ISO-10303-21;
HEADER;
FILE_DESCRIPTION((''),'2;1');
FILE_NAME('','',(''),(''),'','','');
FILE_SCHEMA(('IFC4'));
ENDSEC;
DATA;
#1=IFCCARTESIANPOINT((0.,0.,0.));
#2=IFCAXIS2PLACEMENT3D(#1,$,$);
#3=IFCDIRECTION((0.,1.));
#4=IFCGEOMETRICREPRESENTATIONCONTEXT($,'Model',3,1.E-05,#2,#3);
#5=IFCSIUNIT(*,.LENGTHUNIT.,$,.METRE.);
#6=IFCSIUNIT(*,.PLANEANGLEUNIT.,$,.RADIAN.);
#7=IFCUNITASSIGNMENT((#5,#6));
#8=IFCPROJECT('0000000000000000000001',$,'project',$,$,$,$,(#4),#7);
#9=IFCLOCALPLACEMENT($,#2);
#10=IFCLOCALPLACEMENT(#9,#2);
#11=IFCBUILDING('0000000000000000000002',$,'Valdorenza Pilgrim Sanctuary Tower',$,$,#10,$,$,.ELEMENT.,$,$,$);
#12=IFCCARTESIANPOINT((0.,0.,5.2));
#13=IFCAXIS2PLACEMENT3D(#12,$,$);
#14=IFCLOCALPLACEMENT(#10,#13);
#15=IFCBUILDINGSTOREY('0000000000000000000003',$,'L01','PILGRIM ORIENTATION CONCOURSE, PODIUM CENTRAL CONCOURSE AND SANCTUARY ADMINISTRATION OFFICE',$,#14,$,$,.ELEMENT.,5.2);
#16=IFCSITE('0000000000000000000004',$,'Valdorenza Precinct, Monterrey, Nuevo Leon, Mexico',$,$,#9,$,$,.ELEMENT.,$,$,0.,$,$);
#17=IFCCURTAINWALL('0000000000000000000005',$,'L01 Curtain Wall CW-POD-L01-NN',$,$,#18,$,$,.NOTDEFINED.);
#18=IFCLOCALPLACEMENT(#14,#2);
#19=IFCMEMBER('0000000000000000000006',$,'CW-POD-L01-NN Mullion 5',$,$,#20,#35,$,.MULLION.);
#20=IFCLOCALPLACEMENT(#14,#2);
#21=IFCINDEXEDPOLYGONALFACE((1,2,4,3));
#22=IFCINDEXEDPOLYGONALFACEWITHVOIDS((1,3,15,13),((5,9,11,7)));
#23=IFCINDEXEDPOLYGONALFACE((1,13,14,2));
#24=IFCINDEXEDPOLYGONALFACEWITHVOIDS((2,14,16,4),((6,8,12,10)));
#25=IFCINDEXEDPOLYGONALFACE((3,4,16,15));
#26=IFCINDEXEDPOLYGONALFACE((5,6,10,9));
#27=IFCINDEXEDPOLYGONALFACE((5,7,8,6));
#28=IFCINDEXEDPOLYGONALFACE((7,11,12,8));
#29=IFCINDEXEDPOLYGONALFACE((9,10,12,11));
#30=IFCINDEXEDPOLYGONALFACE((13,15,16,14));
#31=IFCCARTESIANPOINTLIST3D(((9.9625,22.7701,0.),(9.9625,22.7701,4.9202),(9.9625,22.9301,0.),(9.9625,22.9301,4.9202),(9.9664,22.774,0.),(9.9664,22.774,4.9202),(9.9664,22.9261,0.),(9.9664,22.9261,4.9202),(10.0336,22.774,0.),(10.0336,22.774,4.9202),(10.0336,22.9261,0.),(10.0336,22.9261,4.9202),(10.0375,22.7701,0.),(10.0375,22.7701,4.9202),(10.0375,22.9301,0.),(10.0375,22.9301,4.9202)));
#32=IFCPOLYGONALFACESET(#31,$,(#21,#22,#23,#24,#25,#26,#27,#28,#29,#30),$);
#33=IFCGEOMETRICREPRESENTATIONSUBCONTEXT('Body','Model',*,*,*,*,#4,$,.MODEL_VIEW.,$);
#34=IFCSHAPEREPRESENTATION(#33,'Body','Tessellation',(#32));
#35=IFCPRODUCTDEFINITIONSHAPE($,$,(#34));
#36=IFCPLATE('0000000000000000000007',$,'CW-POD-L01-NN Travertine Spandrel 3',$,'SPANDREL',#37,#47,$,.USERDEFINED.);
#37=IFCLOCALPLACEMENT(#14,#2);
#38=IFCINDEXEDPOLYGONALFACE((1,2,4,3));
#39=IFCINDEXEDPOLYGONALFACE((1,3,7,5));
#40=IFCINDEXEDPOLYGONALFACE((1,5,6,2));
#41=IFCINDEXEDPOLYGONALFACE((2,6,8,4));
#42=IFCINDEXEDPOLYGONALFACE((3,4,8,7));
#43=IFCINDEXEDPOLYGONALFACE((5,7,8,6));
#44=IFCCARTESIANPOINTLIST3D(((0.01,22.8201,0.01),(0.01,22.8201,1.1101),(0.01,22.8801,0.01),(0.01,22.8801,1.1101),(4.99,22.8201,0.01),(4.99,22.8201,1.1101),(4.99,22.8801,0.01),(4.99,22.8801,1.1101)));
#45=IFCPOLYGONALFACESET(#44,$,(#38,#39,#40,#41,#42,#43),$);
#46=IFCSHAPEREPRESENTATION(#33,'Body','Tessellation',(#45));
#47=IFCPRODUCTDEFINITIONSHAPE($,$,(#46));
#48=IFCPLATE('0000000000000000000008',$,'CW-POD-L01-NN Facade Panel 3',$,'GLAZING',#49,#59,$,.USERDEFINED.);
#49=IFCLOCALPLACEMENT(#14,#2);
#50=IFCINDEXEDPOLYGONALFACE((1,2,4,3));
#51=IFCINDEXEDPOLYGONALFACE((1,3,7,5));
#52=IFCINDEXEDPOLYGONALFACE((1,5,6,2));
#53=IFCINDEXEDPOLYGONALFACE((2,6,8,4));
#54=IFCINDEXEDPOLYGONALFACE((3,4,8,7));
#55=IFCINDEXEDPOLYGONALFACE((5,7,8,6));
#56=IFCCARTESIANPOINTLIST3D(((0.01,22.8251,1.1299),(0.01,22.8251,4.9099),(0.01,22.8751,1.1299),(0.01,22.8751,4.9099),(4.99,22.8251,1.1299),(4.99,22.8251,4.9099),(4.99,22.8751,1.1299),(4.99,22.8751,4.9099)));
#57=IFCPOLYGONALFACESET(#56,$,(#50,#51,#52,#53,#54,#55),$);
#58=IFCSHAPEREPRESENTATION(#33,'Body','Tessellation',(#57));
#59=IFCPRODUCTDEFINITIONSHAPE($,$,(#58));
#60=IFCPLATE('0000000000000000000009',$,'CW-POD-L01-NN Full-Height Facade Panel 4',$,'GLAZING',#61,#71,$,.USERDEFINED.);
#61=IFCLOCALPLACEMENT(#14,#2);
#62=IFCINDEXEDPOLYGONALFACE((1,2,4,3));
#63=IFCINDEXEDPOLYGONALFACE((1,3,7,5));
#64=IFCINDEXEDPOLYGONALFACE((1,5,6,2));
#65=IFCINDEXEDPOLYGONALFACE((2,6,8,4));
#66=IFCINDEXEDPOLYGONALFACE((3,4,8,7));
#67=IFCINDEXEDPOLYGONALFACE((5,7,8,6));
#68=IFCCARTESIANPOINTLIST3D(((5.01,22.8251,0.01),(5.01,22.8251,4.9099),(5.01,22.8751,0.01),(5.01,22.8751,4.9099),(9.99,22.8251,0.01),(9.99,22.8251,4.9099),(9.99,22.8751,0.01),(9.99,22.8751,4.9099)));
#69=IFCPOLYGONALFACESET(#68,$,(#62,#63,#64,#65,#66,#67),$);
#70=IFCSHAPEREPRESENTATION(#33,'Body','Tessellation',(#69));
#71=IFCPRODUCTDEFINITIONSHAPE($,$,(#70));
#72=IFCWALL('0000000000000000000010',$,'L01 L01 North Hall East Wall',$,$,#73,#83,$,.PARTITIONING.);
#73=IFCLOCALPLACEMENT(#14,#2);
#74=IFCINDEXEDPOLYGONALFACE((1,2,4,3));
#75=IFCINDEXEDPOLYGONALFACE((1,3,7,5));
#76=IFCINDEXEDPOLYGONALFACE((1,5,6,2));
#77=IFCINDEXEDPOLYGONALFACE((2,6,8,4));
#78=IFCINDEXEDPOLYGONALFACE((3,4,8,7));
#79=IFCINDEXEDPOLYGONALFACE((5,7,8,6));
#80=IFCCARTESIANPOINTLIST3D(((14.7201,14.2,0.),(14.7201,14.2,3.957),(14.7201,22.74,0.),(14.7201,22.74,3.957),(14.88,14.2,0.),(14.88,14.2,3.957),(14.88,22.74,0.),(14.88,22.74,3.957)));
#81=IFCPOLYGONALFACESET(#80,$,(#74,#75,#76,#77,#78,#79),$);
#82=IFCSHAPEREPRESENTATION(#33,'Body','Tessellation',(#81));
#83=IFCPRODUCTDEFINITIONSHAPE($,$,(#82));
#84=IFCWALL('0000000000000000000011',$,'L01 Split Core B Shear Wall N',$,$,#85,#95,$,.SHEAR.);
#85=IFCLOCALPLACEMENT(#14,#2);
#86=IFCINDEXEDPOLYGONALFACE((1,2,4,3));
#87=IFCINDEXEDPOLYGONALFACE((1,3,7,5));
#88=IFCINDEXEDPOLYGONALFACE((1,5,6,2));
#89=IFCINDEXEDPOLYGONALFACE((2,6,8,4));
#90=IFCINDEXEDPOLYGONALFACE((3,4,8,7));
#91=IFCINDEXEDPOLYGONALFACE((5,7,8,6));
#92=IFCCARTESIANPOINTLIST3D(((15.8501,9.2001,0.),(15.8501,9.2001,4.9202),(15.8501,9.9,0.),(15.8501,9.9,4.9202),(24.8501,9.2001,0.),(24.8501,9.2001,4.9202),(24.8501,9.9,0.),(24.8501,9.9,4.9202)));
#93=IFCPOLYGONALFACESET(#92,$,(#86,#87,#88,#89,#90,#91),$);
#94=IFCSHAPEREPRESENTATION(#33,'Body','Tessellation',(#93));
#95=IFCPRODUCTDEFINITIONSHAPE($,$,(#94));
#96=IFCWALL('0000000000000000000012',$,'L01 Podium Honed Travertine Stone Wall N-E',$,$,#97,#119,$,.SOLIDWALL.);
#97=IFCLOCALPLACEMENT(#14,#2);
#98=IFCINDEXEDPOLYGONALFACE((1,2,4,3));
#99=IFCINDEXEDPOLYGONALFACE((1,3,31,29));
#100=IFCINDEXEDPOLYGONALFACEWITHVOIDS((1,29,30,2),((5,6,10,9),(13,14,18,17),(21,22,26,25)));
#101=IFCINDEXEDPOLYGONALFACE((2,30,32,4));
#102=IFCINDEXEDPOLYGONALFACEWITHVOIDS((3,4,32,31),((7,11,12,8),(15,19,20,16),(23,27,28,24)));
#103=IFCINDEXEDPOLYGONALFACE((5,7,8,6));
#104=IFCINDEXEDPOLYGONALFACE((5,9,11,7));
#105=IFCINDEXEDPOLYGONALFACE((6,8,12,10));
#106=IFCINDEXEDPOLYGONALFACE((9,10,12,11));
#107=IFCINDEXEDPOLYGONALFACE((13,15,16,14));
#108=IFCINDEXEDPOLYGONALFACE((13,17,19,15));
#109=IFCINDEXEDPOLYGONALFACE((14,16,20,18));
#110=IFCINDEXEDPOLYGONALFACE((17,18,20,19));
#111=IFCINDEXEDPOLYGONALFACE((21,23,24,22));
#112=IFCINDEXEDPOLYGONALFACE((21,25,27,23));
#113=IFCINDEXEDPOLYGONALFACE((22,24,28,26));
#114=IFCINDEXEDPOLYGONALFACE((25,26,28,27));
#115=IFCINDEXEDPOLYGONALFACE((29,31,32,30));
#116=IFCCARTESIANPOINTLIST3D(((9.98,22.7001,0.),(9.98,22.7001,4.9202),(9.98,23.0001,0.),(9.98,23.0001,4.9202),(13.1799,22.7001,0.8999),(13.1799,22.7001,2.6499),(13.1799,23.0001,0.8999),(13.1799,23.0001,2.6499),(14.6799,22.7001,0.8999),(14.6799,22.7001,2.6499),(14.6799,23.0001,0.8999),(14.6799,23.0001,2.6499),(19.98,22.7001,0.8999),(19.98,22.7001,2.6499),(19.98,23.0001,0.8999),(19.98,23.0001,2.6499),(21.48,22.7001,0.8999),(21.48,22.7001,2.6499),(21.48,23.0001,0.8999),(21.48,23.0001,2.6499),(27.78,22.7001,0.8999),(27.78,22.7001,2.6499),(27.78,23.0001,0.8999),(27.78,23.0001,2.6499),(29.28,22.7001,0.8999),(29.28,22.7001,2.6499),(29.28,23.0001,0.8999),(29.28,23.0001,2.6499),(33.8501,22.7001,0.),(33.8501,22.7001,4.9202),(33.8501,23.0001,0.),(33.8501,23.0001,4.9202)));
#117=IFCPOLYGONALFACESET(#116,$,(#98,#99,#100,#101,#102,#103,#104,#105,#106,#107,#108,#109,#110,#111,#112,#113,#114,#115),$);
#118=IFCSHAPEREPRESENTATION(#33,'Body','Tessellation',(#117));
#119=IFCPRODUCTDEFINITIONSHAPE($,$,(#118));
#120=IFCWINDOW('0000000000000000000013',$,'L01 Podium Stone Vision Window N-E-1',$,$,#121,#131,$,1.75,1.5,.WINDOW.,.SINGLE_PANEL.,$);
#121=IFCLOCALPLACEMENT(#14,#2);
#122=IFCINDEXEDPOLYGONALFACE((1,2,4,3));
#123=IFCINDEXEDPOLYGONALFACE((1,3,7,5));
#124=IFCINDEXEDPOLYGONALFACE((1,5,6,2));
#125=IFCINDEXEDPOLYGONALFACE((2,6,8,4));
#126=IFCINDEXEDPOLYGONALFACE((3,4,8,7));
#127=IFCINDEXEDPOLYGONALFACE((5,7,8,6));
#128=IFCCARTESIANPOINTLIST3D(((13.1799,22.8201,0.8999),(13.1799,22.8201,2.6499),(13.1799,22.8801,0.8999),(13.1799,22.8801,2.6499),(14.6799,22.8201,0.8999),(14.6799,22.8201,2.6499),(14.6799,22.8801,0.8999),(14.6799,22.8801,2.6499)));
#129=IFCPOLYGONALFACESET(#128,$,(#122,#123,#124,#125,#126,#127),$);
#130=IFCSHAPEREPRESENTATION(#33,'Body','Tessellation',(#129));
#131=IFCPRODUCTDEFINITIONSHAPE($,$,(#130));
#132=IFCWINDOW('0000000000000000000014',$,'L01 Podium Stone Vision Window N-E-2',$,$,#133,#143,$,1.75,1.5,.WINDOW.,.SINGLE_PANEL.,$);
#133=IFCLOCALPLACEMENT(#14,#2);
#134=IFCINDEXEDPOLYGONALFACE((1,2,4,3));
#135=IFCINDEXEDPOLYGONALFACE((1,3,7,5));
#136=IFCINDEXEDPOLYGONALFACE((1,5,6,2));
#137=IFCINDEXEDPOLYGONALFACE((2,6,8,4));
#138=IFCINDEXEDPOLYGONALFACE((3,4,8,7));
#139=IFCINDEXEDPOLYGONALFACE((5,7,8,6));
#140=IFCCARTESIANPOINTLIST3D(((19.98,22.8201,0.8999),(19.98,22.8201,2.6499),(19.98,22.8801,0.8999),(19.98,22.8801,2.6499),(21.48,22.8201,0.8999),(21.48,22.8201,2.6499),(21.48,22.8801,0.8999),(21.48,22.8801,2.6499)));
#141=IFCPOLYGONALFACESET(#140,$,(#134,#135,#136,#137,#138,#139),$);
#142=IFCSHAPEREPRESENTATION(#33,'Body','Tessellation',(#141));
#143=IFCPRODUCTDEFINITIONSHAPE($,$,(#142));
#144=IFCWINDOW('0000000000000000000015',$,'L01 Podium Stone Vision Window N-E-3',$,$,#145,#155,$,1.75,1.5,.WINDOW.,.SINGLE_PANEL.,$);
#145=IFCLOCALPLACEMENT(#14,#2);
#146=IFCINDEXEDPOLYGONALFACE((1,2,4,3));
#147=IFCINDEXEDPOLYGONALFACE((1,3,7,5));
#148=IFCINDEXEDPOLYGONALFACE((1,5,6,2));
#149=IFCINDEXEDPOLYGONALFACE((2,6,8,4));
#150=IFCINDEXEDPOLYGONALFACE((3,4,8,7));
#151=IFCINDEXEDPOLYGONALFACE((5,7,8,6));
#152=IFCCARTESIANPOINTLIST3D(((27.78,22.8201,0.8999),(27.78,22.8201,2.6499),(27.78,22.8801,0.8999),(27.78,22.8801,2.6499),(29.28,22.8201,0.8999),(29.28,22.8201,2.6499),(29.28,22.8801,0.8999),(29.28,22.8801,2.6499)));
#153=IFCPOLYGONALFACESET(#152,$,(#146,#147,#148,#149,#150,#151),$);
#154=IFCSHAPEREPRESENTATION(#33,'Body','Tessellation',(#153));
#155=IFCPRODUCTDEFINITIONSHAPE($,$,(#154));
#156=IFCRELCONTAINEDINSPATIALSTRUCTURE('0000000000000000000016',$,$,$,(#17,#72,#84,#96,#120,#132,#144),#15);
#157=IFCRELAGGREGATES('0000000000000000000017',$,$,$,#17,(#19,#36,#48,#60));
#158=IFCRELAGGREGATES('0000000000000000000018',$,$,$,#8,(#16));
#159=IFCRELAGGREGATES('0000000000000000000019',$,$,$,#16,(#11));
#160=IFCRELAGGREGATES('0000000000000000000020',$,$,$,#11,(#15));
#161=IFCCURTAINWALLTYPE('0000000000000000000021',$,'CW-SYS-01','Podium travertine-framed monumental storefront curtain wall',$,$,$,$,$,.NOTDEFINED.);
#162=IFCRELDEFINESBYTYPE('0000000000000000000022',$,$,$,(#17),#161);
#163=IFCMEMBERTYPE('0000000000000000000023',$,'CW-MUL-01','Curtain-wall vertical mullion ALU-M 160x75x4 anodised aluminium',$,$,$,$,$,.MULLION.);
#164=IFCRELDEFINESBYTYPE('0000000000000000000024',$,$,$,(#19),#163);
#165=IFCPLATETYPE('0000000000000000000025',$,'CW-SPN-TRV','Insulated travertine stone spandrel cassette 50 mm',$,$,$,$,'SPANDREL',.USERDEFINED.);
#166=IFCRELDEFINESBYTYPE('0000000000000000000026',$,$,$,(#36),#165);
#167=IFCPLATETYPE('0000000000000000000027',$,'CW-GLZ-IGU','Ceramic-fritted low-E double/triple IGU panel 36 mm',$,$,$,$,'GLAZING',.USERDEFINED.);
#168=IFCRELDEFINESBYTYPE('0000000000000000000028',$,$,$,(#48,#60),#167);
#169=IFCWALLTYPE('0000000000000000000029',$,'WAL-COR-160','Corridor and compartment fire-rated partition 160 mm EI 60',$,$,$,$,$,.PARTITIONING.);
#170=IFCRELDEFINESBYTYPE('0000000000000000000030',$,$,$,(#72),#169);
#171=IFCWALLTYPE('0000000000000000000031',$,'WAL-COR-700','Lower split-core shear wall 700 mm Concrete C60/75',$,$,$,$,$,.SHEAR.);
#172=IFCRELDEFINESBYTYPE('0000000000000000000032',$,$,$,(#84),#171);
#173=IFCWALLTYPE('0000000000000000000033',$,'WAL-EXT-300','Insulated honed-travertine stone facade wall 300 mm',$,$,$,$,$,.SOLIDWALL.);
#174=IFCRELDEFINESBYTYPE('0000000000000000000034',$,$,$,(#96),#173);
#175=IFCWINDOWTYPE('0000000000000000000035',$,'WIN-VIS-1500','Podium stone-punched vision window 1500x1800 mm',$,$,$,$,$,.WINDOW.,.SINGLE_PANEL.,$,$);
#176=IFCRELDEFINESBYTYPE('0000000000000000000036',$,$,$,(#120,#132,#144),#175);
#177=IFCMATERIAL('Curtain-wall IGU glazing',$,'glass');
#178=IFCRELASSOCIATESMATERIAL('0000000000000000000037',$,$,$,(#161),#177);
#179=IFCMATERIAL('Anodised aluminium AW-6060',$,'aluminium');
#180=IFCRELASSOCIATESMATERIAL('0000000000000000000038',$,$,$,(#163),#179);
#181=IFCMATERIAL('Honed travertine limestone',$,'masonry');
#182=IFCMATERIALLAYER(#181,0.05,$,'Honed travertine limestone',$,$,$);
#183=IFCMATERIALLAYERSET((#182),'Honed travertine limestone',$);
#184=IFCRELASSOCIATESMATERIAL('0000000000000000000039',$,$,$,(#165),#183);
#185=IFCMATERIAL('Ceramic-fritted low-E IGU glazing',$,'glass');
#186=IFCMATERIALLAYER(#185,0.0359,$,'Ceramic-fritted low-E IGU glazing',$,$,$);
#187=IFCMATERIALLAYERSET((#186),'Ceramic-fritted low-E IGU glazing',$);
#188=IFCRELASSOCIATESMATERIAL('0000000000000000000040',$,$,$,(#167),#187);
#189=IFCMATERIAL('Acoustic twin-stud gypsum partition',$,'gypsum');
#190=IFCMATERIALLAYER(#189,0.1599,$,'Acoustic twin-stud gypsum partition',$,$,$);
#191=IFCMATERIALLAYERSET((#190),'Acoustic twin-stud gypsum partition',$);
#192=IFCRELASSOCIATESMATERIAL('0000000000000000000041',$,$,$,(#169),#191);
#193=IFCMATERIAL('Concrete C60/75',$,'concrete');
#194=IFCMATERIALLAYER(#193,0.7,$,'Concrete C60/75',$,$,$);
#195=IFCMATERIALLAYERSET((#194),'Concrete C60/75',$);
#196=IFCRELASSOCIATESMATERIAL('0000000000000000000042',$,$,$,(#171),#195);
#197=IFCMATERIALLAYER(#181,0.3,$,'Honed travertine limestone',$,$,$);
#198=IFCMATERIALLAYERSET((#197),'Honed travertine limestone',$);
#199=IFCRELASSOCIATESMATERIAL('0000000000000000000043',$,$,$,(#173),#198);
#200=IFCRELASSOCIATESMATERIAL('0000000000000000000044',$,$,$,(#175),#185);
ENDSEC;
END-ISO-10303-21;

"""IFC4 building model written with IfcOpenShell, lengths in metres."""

from ifc_helpers import new_model, si_unit, direction, frame, frame_2d, origin, origin_2d, place, context, subcontext, project, spatial, rectangle, hollow_rectangle, extrude, source, transform, mapped, material, layer, layer_set, material_profile, profile_set, type_object, element, fill, aggregate, save


model = new_model("IFC4")

# Units and contexts
model_context = context("Model", 3, precision=1e-05, world=origin(), true_north=direction((0.0, 1.0)))
body_context = subcontext(model_context, "Body", "Model", "MODEL_VIEW")
ifc_project = project(units=[si_unit("LENGTHUNIT", "METRE"), si_unit("PLANEANGLEUNIT", "RADIAN")], contexts=[model_context])

# Site, building, storey
site_placement = place(None, origin())
site = spatial("IfcSite", under=ifc_project, at=site_placement, Name="Valdorenza Precinct, Monterrey, Nuevo Leon, Mexico", CompositionType="ELEMENT", RefElevation=0.0)
building_placement = place(site_placement, origin())
building = spatial("IfcBuilding", under=site, at=building_placement, Name="Valdorenza Pilgrim Sanctuary Tower", CompositionType="ELEMENT")
storey_placement = place(building_placement, frame((0.0, 0.0, 5.2)))
storey = spatial("IfcBuildingStorey", under=building, at=storey_placement, Name="L01", Description="PILGRIM ORIENTATION CONCOURSE, PODIUM CENTRAL CONCOURSE AND SANCTUARY ADMINISTRATION OFFICE", CompositionType="ELEMENT", Elevation=5.2)

# Shared definitions
ifc_material_1 = material(Name="Concrete C60/75", Category="concrete")

# Curtain wall, member, plates
ifc_material_2 = material(Name="Curtain-wall IGU glazing", Category="glass")
curtain_wall_type = type_object("IfcCurtainWallType", Name="CW-SYS-01", Description="Podium travertine-framed monumental storefront curtain wall", PredefinedType="NOTDEFINED", material=ifc_material_2)
curtain_wall_placement = place(storey_placement, origin())
curtain_wall = element("IfcCurtainWall", 1, at=curtain_wall_placement, inside=storey, type_object=curtain_wall_type, Name="L01 Curtain Wall CW-POD-L01-NN", PredefinedType="NOTDEFINED")
ifc_material_3 = material(Name="Anodised aluminium AW-6060", Category="aluminium")
ifc_material_profile_1 = material_profile(ifc_material_3, hollow_rectangle(XDim=0.075, YDim=0.1599, WallThickness=0.0039, at=origin_2d()), Name="ALU-M 160x75x4")
ifc_profile_set_1 = profile_set([ifc_material_profile_1], Name="Anodised aluminium AW-6060")
member_type = type_object("IfcMemberType", Name="CW-MUL-01", Description="Curtain-wall vertical mullion ALU-M 160x75x4 anodised aluminium", PredefinedType="MULLION", material=ifc_profile_set_1)
shared_shape_1 = source(origin(), body_context, "Body", "SweptSolid", [
    extrude(hollow_rectangle(XDim=0.075, YDim=0.1599, WallThickness=0.0039, at=origin_2d()), origin(), (0.0, 0.0, 1.0), 4.9202),
])
member_1_placement = place(storey_placement, frame((10.0, 22.8501, 0.0), z_axis=(0.0, 0.0, 1.0), x_axis=(1.0, 0.0, 0.0)))
member_1 = element("IfcMember", 2, at=member_1_placement, type_object=member_type, Name="CW-POD-L01-NN Mullion 5", PredefinedType="MULLION", context=body_context, shape_type="MappedRepresentation", body=[
    mapped(shared_shape_1, transform((0.0, 0.0, 0.0), x_axis=(1.0, 0.0, 0.0), y_axis=(0.0, 1.0, 0.0), z_axis=(0.0, 0.0, 1.0), scale=1.0)),
])
ifc_material_4 = material(Name="Honed travertine limestone", Category="masonry")
ifc_layer_1 = layer(ifc_material_4, 0.05, Name="Honed travertine limestone")
ifc_layer_set_1 = layer_set([ifc_layer_1], Name="Honed travertine limestone")
plate_type_1 = type_object("IfcPlateType", Name="CW-SPN-TRV", Description="Insulated travertine stone spandrel cassette 50 mm", ElementType="SPANDREL", PredefinedType="USERDEFINED", material=ifc_layer_set_1)
shared_shape_2 = source(origin(), body_context, "Body", "SweptSolid", [
    extrude(rectangle(XDim=4.98, YDim=0.0601, at=origin_2d()), origin(), (0.0, 0.0, 1.0), 1.1001),
])
plate_1_placement = place(storey_placement, frame((2.5, 22.8501, 0.01), z_axis=(0.0, 0.0, 1.0), x_axis=(1.0, 0.0, 0.0)))
plate_1 = element("IfcPlate", 3, at=plate_1_placement, type_object=plate_type_1, Name="CW-POD-L01-NN Travertine Spandrel 3", ObjectType="SPANDREL", PredefinedType="USERDEFINED", context=body_context, shape_type="MappedRepresentation", body=[
    mapped(shared_shape_2, transform((0.0, 0.0, 0.0), x_axis=(1.0, 0.0, 0.0), y_axis=(0.0, 1.0, 0.0), z_axis=(0.0, 0.0, 1.0), scale=1.0)),
])
ifc_material_5 = material(Name="Ceramic-fritted low-E IGU glazing", Category="glass")
ifc_layer_2 = layer(ifc_material_5, 0.0359, Name="Ceramic-fritted low-E IGU glazing")
ifc_layer_set_2 = layer_set([ifc_layer_2], Name="Ceramic-fritted low-E IGU glazing")
plate_type_2 = type_object("IfcPlateType", Name="CW-GLZ-IGU", Description="Ceramic-fritted low-E double/triple IGU panel 36 mm", ElementType="GLAZING", PredefinedType="USERDEFINED", material=ifc_layer_set_2)
shared_shape_3 = source(origin(), body_context, "Body", "SweptSolid", [
    extrude(rectangle(XDim=4.98, YDim=0.05, at=origin_2d()), origin(), (0.0, 0.0, 1.0), 3.78),
])
plate_2_placement = place(storey_placement, frame((2.5, 22.8501, 1.1299), z_axis=(0.0, 0.0, 1.0), x_axis=(1.0, 0.0, 0.0)))
plate_2 = element("IfcPlate", 4, at=plate_2_placement, type_object=plate_type_2, Name="CW-POD-L01-NN Facade Panel 3", ObjectType="GLAZING", PredefinedType="USERDEFINED", context=body_context, shape_type="MappedRepresentation", body=[
    mapped(shared_shape_3, transform((0.0, 0.0, 0.0), x_axis=(1.0, 0.0, 0.0), y_axis=(0.0, 1.0, 0.0), z_axis=(0.0, 0.0, 1.0), scale=1.0)),
])
shared_shape_4 = source(origin(), body_context, "Body", "SweptSolid", [
    extrude(rectangle(XDim=4.98, YDim=0.05, at=origin_2d()), origin(), (0.0, 0.0, 1.0), 4.8999),
])
plate_3_placement = place(storey_placement, frame((7.5, 22.8501, 0.01), z_axis=(0.0, 0.0, 1.0), x_axis=(1.0, 0.0, 0.0)))
plate_3 = element("IfcPlate", 5, at=plate_3_placement, type_object=plate_type_2, Name="CW-POD-L01-NN Full-Height Facade Panel 4", ObjectType="GLAZING", PredefinedType="USERDEFINED", context=body_context, shape_type="MappedRepresentation", body=[
    mapped(shared_shape_4, transform((0.0, 0.0, 0.0), x_axis=(1.0, 0.0, 0.0), y_axis=(0.0, 1.0, 0.0), z_axis=(0.0, 0.0, 1.0), scale=1.0)),
])
aggregate(curtain_wall, [member_1, plate_1, plate_2, plate_3])

# Walls
ifc_material_6 = material(Name="Acoustic twin-stud gypsum partition", Category="gypsum")
ifc_layer_3 = layer(ifc_material_6, 0.1599, Name="Acoustic twin-stud gypsum partition")
ifc_layer_set_3 = layer_set([ifc_layer_3], Name="Acoustic twin-stud gypsum partition")
wall_type_1 = type_object("IfcWallType", Name="WAL-COR-160", Description="Corridor and compartment fire-rated partition 160 mm EI 60", PredefinedType="PARTITIONING", material=ifc_layer_set_3)
wall_1_placement = place(storey_placement, frame((14.8, 14.2, 0.0), z_axis=(0.0, 0.0, 1.0), x_axis=(0.0, 1.0, 0.0)))
element("IfcWall", 6, at=wall_1_placement, inside=storey, type_object=wall_type_1, Name="L01 L01 North Hall East Wall", PredefinedType="PARTITIONING", context=body_context, shape_type="SweptSolid", body=[
    extrude(rectangle(XDim=8.54, YDim=0.1599, at=frame_2d((4.27, 0.0))), origin(), (0.0, 0.0, 1.0), 3.957),
])
ifc_layer_4 = layer(ifc_material_1, 0.7, Name="Concrete C60/75")
ifc_layer_set_4 = layer_set([ifc_layer_4], Name="Concrete C60/75")
wall_type_2 = type_object("IfcWallType", Name="WAL-COR-700", Description="Lower split-core shear wall 700 mm Concrete C60/75", PredefinedType="SHEAR", material=ifc_layer_set_4)
wall_2_placement = place(storey_placement, frame((15.8501, 9.55, 0.0), z_axis=(0.0, 0.0, 1.0), x_axis=(1.0, 0.0, 0.0)))
element("IfcWall", 7, at=wall_2_placement, inside=storey, type_object=wall_type_2, Name="L01 Split Core B Shear Wall N", PredefinedType="SHEAR", context=body_context, shape_type="SweptSolid", body=[
    extrude(rectangle(XDim=9.0, YDim=0.7, at=frame_2d((4.5, 0.0))), origin(), (0.0, 0.0, 1.0), 4.9202),
])

# Wall, openings, windows
ifc_layer_5 = layer(ifc_material_4, 0.3, Name="Honed travertine limestone")
ifc_layer_set_5 = layer_set([ifc_layer_5], Name="Honed travertine limestone")
wall_type_3 = type_object("IfcWallType", Name="WAL-EXT-300", Description="Insulated honed-travertine stone facade wall 300 mm", PredefinedType="SOLIDWALL", material=ifc_layer_set_5)
wall_3_placement = place(storey_placement, frame((9.98, 22.8501, 0.0), z_axis=(0.0, 0.0, 1.0), x_axis=(1.0, 0.0, 0.0)))
wall_3 = element("IfcWall", 8, at=wall_3_placement, inside=storey, type_object=wall_type_3, Name="L01 Podium Honed Travertine Stone Wall N-E", PredefinedType="SOLIDWALL", context=body_context, shape_type="SweptSolid", body=[
    extrude(rectangle(XDim=23.8701, YDim=0.3, at=frame_2d((11.9351, 0.0))), origin(), (0.0, 0.0, 1.0), 4.9202),
])
opening_1_placement = place(wall_3_placement, frame((3.2, 0.0, 0.8999)))
opening_1 = element("IfcOpeningElement", 9, at=opening_1_placement, cuts=wall_3, PredefinedType="OPENING", context=body_context, shape_type="SweptSolid", body=[
    extrude(rectangle(XDim=1.5, YDim=1.75, at=frame_2d((0.75, 0.875))), frame((0.0, 0.165, 0.0), z_axis=(0.0, -1.0, 0.0), x_axis=(1.0, 0.0, 0.0)), (0.0, 0.0, 1.0), 0.3298),
])
opening_2_placement = place(wall_3_placement, frame((10.0, 0.0, 0.8999)))
opening_2 = element("IfcOpeningElement", 10, at=opening_2_placement, cuts=wall_3, PredefinedType="OPENING", context=body_context, shape_type="SweptSolid", body=[
    extrude(rectangle(XDim=1.5, YDim=1.75, at=frame_2d((0.75, 0.875))), frame((0.0, 0.165, 0.0), z_axis=(0.0, -1.0, 0.0), x_axis=(1.0, 0.0, 0.0)), (0.0, 0.0, 1.0), 0.3298),
])
opening_3_placement = place(wall_3_placement, frame((17.8, 0.0, 0.8999)))
opening_3 = element("IfcOpeningElement", 11, at=opening_3_placement, cuts=wall_3, PredefinedType="OPENING", context=body_context, shape_type="SweptSolid", body=[
    extrude(rectangle(XDim=1.5, YDim=1.75, at=frame_2d((0.75, 0.875))), frame((0.0, 0.165, 0.0), z_axis=(0.0, -1.0, 0.0), x_axis=(1.0, 0.0, 0.0)), (0.0, 0.0, 1.0), 0.3298),
])
window_type = type_object("IfcWindowType", Name="WIN-VIS-1500", Description="Podium stone-punched vision window 1500x1800 mm", PartitioningType="SINGLE_PANEL", PredefinedType="WINDOW", material=ifc_material_5)
window_1_placement = place(opening_1_placement, origin())
window_1 = element("IfcWindow", 12, at=window_1_placement, inside=storey, type_object=window_type, Name="L01 Podium Stone Vision Window N-E-1", OverallHeight=1.75, OverallWidth=1.5, PartitioningType="SINGLE_PANEL", PredefinedType="WINDOW", context=body_context, shape_type="SweptSolid", body=[
    extrude(rectangle(XDim=1.5, YDim=1.75, at=frame_2d((0.75, 0.875))), frame((0.0, 0.03, 0.0), z_axis=(0.0, -1.0, 0.0), x_axis=(1.0, 0.0, 0.0)), (0.0, 0.0, 1.0), 0.0601),
])
fill(opening_1, window_1)
window_2_placement = place(opening_2_placement, origin())
window_2 = element("IfcWindow", 13, at=window_2_placement, inside=storey, type_object=window_type, Name="L01 Podium Stone Vision Window N-E-2", OverallHeight=1.75, OverallWidth=1.5, PartitioningType="SINGLE_PANEL", PredefinedType="WINDOW", context=body_context, shape_type="SweptSolid", body=[
    extrude(rectangle(XDim=1.5, YDim=1.75, at=frame_2d((0.75, 0.875))), frame((0.0, 0.03, 0.0), z_axis=(0.0, -1.0, 0.0), x_axis=(1.0, 0.0, 0.0)), (0.0, 0.0, 1.0), 0.0601),
])
fill(opening_2, window_2)
window_3_placement = place(opening_3_placement, origin())
window_3 = element("IfcWindow", 14, at=window_3_placement, inside=storey, type_object=window_type, Name="L01 Podium Stone Vision Window N-E-3", OverallHeight=1.75, OverallWidth=1.5, PartitioningType="SINGLE_PANEL", PredefinedType="WINDOW", context=body_context, shape_type="SweptSolid", body=[
    extrude(rectangle(XDim=1.5, YDim=1.75, at=frame_2d((0.75, 0.875))), frame((0.0, 0.03, 0.0), z_axis=(0.0, -1.0, 0.0), x_axis=(1.0, 0.0, 0.0)), (0.0, 0.0, 1.0), 0.0601),
])
fill(opening_3, window_3)

save(model, "model.ifc")
